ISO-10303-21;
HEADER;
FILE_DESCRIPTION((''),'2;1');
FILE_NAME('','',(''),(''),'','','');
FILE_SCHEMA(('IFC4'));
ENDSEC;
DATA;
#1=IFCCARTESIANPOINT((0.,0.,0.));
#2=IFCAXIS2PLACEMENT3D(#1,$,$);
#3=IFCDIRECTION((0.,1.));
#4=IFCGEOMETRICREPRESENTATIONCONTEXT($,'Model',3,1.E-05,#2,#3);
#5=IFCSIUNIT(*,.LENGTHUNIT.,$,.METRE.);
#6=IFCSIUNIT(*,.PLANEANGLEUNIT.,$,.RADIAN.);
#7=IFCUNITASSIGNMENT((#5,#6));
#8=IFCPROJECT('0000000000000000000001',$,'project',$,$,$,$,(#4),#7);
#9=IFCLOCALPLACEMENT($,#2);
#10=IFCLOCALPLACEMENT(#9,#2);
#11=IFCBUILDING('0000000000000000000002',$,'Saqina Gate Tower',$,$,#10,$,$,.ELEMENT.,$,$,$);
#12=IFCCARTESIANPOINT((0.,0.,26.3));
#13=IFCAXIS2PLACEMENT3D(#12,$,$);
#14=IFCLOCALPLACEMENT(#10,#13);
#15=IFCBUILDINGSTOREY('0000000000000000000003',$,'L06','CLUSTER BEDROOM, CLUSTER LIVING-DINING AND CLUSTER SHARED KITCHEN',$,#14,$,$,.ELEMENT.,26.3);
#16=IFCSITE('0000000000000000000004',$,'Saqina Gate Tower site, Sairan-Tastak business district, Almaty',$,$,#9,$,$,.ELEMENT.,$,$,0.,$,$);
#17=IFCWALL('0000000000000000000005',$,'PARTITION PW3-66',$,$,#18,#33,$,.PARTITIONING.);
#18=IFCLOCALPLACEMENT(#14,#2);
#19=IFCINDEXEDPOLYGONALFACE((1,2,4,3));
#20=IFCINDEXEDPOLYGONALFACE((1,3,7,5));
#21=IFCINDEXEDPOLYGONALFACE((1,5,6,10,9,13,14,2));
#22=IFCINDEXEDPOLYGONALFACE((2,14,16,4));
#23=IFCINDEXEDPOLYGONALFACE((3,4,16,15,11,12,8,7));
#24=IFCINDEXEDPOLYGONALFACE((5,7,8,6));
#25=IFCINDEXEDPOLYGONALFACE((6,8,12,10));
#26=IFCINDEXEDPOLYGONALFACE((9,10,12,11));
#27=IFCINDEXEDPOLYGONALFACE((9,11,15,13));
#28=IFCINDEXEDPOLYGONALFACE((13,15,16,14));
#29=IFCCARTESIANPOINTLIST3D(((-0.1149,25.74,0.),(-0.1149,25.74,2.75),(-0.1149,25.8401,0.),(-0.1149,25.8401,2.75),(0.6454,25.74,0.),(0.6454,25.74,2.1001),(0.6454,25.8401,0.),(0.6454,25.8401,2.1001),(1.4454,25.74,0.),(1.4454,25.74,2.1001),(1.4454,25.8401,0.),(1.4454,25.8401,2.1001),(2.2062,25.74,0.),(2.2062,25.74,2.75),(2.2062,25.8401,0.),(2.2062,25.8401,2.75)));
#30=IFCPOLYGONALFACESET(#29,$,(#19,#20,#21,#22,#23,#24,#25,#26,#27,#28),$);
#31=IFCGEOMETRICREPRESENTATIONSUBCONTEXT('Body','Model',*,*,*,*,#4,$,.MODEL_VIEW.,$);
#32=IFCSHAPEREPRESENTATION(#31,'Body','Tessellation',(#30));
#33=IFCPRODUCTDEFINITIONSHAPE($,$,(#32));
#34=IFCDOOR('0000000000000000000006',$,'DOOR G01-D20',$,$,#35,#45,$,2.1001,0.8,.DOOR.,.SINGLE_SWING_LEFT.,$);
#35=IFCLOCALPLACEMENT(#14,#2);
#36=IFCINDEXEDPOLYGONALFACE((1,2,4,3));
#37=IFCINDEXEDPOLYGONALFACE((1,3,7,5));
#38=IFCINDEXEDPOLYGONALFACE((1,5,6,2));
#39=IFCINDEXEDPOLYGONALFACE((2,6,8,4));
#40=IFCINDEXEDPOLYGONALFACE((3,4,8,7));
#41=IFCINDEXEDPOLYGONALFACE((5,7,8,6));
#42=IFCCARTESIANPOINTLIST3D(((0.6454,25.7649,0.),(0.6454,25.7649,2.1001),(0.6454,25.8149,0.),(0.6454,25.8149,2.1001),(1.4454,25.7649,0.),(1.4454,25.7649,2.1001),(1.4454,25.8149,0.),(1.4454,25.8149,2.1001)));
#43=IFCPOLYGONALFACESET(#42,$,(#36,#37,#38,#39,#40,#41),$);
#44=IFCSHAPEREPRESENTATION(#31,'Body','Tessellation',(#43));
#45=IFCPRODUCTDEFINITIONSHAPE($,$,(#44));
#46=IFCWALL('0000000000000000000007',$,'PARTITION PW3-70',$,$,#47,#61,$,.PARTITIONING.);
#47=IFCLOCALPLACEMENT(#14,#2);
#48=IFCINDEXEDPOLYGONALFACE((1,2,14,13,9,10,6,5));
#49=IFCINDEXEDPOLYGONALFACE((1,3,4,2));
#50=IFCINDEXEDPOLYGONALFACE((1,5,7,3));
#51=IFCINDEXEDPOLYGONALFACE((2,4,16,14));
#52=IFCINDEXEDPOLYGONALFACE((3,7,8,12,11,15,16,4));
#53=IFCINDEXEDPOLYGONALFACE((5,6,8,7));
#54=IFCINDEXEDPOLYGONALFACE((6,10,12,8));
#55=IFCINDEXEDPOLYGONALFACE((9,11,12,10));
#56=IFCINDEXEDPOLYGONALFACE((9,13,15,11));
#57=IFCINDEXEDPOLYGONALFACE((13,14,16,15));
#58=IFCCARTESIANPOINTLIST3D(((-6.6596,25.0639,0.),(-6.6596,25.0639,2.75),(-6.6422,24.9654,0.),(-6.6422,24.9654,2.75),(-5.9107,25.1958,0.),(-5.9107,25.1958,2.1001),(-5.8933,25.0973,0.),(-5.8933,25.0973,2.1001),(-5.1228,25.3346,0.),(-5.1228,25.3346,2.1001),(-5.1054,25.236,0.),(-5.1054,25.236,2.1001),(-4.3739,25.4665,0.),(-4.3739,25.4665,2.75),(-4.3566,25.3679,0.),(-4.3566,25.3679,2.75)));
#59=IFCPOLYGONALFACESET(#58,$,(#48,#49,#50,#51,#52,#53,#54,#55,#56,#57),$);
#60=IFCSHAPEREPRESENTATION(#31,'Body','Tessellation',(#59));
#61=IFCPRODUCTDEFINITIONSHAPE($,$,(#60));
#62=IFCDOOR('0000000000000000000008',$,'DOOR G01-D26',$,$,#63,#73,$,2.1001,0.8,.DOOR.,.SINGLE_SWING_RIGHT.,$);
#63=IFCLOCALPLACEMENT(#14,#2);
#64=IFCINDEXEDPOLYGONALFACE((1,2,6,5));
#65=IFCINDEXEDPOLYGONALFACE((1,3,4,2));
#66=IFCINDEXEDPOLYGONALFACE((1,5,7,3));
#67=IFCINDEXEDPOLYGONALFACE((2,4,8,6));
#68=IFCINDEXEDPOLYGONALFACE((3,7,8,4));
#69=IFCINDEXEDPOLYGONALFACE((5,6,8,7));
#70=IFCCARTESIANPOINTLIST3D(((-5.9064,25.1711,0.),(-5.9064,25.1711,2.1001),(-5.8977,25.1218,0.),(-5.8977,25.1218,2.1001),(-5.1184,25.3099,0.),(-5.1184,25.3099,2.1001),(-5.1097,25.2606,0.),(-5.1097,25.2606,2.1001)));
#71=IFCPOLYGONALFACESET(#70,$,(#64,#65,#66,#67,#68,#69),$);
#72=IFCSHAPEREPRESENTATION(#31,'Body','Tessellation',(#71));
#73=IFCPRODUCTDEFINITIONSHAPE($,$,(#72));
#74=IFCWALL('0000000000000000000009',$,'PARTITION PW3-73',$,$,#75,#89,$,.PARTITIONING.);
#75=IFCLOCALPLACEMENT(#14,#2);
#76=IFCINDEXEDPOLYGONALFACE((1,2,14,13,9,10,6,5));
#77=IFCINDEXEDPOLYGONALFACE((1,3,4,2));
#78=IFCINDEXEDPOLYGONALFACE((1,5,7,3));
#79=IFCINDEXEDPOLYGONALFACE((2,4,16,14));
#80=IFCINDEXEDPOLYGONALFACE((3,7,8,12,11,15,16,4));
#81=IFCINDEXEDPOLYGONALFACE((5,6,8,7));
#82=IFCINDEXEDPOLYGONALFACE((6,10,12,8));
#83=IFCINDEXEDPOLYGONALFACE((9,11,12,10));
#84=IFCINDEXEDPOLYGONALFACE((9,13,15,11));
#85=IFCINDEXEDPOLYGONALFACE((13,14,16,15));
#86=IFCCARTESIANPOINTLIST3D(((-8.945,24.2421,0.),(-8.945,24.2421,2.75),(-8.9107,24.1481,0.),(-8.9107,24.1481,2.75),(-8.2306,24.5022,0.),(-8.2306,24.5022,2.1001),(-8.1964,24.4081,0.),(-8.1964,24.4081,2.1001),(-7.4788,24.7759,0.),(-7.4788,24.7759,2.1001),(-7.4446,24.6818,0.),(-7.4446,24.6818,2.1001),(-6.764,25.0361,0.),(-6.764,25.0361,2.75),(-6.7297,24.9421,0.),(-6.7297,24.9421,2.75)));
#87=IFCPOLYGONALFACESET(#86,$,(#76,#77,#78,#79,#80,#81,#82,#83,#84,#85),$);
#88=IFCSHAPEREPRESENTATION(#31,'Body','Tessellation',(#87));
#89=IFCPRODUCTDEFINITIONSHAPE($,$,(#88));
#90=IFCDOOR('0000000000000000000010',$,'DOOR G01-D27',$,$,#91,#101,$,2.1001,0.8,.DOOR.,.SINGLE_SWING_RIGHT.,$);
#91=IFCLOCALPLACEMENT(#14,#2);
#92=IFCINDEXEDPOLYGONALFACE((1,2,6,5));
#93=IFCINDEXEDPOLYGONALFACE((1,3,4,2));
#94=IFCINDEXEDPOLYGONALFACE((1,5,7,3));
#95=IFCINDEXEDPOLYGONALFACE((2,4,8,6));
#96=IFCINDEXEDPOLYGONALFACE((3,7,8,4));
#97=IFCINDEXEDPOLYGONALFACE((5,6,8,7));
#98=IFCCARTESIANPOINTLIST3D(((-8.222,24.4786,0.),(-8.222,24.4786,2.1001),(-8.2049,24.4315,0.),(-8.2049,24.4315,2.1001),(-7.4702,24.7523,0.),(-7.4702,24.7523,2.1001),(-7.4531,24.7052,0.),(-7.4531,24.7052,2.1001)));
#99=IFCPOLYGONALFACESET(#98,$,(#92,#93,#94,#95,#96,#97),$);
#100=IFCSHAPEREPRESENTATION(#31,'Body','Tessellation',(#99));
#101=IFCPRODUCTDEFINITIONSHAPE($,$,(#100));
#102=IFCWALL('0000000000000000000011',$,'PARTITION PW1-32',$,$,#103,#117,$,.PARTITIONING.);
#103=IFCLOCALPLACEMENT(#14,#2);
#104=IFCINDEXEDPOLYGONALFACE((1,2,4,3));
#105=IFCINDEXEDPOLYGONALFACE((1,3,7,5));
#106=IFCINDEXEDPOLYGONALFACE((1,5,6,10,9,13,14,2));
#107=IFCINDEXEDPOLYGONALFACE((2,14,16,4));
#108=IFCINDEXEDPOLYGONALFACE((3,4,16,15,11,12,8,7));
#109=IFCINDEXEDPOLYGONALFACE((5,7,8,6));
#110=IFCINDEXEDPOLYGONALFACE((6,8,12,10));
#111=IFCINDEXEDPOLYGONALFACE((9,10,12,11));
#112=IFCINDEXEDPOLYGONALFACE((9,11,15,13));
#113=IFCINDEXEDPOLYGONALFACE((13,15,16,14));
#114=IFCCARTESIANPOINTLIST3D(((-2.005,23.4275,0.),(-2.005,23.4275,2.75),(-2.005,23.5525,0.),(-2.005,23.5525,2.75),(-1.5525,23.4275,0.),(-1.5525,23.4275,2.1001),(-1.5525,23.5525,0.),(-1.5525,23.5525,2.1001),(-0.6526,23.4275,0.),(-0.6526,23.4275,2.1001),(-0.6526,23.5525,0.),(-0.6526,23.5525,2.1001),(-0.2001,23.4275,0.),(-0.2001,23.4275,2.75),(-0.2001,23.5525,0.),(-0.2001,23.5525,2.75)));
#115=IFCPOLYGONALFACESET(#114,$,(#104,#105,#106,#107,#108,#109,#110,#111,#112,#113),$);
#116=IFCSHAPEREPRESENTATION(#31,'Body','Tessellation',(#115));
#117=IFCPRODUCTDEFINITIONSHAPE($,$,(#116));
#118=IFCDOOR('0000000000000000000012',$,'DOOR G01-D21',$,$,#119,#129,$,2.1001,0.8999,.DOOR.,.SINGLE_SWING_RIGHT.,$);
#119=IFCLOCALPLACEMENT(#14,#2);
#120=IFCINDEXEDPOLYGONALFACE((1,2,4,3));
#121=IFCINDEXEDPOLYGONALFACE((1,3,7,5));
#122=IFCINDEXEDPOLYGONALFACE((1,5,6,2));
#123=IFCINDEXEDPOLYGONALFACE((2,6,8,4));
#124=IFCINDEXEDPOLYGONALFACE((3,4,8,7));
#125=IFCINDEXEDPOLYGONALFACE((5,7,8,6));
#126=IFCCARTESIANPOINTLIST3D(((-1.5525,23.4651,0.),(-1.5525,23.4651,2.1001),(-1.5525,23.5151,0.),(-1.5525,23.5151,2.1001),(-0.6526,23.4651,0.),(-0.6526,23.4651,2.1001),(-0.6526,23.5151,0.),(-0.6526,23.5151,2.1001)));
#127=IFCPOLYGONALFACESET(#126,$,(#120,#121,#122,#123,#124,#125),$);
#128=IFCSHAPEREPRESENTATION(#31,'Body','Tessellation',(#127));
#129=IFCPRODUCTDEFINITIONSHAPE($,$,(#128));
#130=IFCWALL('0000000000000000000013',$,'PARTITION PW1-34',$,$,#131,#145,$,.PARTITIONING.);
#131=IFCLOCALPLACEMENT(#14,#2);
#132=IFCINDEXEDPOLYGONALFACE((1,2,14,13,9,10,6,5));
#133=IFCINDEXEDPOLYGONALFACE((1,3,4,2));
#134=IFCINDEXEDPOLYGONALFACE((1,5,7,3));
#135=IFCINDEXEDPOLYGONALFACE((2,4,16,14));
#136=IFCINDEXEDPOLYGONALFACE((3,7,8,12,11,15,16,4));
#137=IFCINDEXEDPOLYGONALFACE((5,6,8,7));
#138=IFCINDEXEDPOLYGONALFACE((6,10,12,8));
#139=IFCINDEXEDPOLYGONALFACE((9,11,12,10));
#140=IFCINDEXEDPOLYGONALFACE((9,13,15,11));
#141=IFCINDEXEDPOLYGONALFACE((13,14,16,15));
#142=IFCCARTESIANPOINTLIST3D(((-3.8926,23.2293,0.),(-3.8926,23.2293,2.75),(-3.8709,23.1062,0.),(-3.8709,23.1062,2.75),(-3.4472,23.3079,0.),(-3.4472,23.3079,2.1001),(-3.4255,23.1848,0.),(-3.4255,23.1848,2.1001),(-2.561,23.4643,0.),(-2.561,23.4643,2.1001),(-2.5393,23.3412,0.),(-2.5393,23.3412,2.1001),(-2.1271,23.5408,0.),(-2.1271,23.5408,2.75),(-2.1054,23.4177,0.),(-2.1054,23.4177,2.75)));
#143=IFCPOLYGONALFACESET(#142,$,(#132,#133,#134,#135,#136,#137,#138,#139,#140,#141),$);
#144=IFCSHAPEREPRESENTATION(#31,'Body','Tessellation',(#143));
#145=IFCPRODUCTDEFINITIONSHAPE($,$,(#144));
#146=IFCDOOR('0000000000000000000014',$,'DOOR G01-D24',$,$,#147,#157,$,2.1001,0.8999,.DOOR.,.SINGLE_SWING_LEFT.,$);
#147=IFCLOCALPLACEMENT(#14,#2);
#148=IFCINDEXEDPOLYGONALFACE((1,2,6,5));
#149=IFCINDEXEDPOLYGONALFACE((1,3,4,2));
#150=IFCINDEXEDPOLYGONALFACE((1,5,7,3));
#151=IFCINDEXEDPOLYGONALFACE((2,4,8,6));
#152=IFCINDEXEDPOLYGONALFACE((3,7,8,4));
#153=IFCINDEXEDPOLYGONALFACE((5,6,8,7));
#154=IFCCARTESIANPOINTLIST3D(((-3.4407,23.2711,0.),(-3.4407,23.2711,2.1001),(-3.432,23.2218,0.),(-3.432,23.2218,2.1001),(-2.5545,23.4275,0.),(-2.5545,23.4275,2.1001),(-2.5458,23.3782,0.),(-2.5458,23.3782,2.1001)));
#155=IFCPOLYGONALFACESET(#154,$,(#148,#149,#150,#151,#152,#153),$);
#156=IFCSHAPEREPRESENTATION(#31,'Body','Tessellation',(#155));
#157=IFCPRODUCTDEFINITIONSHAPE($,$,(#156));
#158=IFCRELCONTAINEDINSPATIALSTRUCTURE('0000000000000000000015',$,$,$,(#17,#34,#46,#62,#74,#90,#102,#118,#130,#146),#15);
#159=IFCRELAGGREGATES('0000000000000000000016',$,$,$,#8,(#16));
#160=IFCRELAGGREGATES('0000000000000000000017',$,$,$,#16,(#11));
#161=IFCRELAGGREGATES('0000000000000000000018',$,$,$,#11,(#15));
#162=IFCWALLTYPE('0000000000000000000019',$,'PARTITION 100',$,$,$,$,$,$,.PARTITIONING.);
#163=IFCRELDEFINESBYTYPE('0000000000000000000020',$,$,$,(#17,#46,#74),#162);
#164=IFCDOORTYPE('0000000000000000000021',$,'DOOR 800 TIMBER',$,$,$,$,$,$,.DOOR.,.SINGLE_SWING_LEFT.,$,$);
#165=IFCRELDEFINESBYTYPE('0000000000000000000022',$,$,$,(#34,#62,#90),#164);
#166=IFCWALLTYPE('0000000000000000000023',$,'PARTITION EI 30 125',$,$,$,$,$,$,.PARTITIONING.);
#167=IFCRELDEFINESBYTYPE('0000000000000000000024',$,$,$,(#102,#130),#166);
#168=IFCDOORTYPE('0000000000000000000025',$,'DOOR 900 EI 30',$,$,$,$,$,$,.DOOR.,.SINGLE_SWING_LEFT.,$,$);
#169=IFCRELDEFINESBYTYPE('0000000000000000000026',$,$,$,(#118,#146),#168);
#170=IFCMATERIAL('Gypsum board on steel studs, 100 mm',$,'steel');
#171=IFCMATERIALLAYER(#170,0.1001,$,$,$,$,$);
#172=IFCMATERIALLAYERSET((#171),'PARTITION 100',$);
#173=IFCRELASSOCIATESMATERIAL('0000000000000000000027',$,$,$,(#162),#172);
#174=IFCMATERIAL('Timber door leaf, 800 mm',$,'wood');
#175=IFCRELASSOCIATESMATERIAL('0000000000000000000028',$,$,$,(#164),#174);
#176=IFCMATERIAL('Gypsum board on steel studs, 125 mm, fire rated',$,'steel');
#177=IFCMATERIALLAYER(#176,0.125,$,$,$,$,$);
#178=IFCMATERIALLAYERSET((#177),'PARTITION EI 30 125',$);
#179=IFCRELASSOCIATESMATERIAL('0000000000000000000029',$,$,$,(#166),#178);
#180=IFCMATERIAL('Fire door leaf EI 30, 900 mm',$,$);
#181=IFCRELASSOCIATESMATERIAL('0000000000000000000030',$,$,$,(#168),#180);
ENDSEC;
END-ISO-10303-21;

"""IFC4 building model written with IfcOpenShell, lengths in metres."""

from ifc_helpers import new_model, si_unit, direction, frame, frame_2d, origin, place, context, subcontext, project, spatial, rectangle, extrude, material, layer, layer_set, type_object, element, fill, save


model = new_model("IFC4")

# Units and contexts
model_context = context("Model", 3, precision=1e-05, world=origin(), true_north=direction((0.0, 1.0)))
body_context = subcontext(model_context, "Body", "Model", "MODEL_VIEW")
ifc_project = project(units=[si_unit("LENGTHUNIT", "METRE"), si_unit("PLANEANGLEUNIT", "RADIAN")], contexts=[model_context])

# Site, building, storey
site_placement = place(None, origin())
site = spatial("IfcSite", under=ifc_project, at=site_placement, Name="Saqina Gate Tower site, Sairan-Tastak business district, Almaty", CompositionType="ELEMENT", RefElevation=0.0)
building_placement = place(site_placement, origin())
building = spatial("IfcBuilding", under=site, at=building_placement, Name="Saqina Gate Tower", CompositionType="ELEMENT")
storey_placement = place(building_placement, frame((0.0, 0.0, 26.3)))
storey = spatial("IfcBuildingStorey", under=building, at=storey_placement, Name="L06", Description="CLUSTER BEDROOM, CLUSTER LIVING-DINING AND CLUSTER SHARED KITCHEN", CompositionType="ELEMENT", Elevation=26.3)

# Shared definitions
ifc_material_1 = material(Name="Gypsum board on steel studs, 100 mm", Category="steel")
ifc_layer_1 = layer(ifc_material_1, 0.1001)
ifc_layer_set_1 = layer_set([ifc_layer_1], Name="PARTITION 100")
wall_type_1 = type_object("IfcWallType", Name="PARTITION 100", PredefinedType="PARTITIONING", material=ifc_layer_set_1)

# Walls, openings, doors
wall_1_placement = place(storey_placement, frame((-0.115, 25.79, 0.0), z_axis=(0.0, 0.0, 1.0), x_axis=(1.0, 0.0, 0.0)))
wall_1 = element("IfcWall", 1, at=wall_1_placement, inside=storey, type_object=wall_type_1, Name="PARTITION PW3-66", PredefinedType="PARTITIONING", context=body_context, shape_type="SweptSolid", body=[
    extrude(rectangle(XDim=2.321, YDim=0.1001, at=frame_2d((1.1606, 0.0))), origin(), (0.0, 0.0, 1.0), 2.75),
])
opening_1_placement = place(wall_1_placement, frame((0.7605, 0.0, 0.0)))
opening_1 = element("IfcOpeningElement", 2, at=opening_1_placement, cuts=wall_1, PredefinedType="OPENING", context=body_context, shape_type="SweptSolid", body=[
    extrude(rectangle(XDim=0.8, YDim=2.1001, at=frame_2d((0.3999, 1.05))), frame((0.0, 0.062, 0.0), z_axis=(0.0, -1.0, 0.0), x_axis=(1.0, 0.0, 0.0)), (0.0, 0.0, 1.0), 0.124),
])
ifc_material_2 = material(Name="Timber door leaf, 800 mm", Category="wood")
door_type_1 = type_object("IfcDoorType", Name="DOOR 800 TIMBER", OperationType="SINGLE_SWING_LEFT", PredefinedType="DOOR", material=ifc_material_2)
door_1_placement = place(opening_1_placement, origin())
door_1 = element("IfcDoor", 3, at=door_1_placement, inside=storey, type_object=door_type_1, Name="DOOR G01-D20", OperationType="SINGLE_SWING_LEFT", OverallHeight=2.1001, OverallWidth=0.8, PredefinedType="DOOR", context=body_context, shape_type="SweptSolid", body=[
    extrude(rectangle(XDim=0.8, YDim=2.1001, at=frame_2d((0.3999, 1.05))), frame((0.0, 0.0249, 0.0), z_axis=(0.0, -1.0, 0.0), x_axis=(1.0, 0.0, 0.0)), (0.0, 0.0, 1.0), 0.05),
])
fill(opening_1, door_1)
wall_2_placement = place(storey_placement, frame((-6.6509, 25.0146, 0.0), z_axis=(0.0, 0.0, 1.0), x_axis=(0.98484, 0.173467, 0.0)))
wall_2 = element("IfcWall", 4, at=wall_2_placement, inside=storey, type_object=wall_type_1, Name="PARTITION PW3-70", PredefinedType="PARTITIONING", context=body_context, shape_type="SweptSolid", body=[
    extrude(rectangle(XDim=2.3208, YDim=0.1001, at=frame_2d((1.1604, 0.0))), origin(), (0.0, 0.0, 1.0), 2.75),
])
opening_2_placement = place(wall_2_placement, frame((0.7605, 0.0, 0.0)))
opening_2 = element("IfcOpeningElement", 5, at=opening_2_placement, cuts=wall_2, PredefinedType="OPENING", context=body_context, shape_type="SweptSolid", body=[
    extrude(rectangle(XDim=0.8, YDim=2.1001, at=frame_2d((0.3999, 1.05))), frame((0.0, 0.062, 0.0), z_axis=(0.0, -1.0, 0.0), x_axis=(1.0, 0.0, 0.0)), (0.0, 0.0, 1.0), 0.124),
])
door_2_placement = place(opening_2_placement, origin())
door_2 = element("IfcDoor", 6, at=door_2_placement, inside=storey, type_object=door_type_1, Name="DOOR G01-D26", OperationType="SINGLE_SWING_RIGHT", OverallHeight=2.1001, OverallWidth=0.8, PredefinedType="DOOR", context=body_context, shape_type="SweptSolid", body=[
    extrude(rectangle(XDim=0.8, YDim=2.1001, at=frame_2d((0.3999, 1.05))), frame((0.0, 0.0249, 0.0), z_axis=(0.0, -1.0, 0.0), x_axis=(1.0, 0.0, 0.0)), (0.0, 0.0, 1.0), 0.05),
])
fill(opening_2, door_2)
wall_3_placement = place(storey_placement, frame((-8.928, 24.1951, 0.0), z_axis=(0.0, 0.0, 1.0), x_axis=(0.939671, 0.342081, 0.0)))
wall_3 = element("IfcWall", 7, at=wall_3_placement, inside=storey, type_object=wall_type_1, Name="PARTITION PW3-73", PredefinedType="PARTITIONING", context=body_context, shape_type="SweptSolid", body=[
    extrude(rectangle(XDim=2.321, YDim=0.1001, at=frame_2d((1.1606, 0.0))), origin(), (0.0, 0.0, 1.0), 2.75),
])
opening_3_placement = place(wall_3_placement, frame((0.7605, 0.0, 0.0)))
opening_3 = element("IfcOpeningElement", 8, at=opening_3_placement, cuts=wall_3, PredefinedType="OPENING", context=body_context, shape_type="SweptSolid", body=[
    extrude(rectangle(XDim=0.8, YDim=2.1001, at=frame_2d((0.3999, 1.05))), frame((0.0, 0.062, 0.0), z_axis=(0.0, -1.0, 0.0), x_axis=(1.0, 0.0, 0.0)), (0.0, 0.0, 1.0), 0.124),
])
door_3_placement = place(opening_3_placement, origin())
door_3 = element("IfcDoor", 9, at=door_3_placement, inside=storey, type_object=door_type_1, Name="DOOR G01-D27", OperationType="SINGLE_SWING_RIGHT", OverallHeight=2.1001, OverallWidth=0.8, PredefinedType="DOOR", context=body_context, shape_type="SweptSolid", body=[
    extrude(rectangle(XDim=0.8, YDim=2.1001, at=frame_2d((0.3999, 1.05))), frame((0.0, 0.0249, 0.0), z_axis=(0.0, -1.0, 0.0), x_axis=(1.0, 0.0, 0.0)), (0.0, 0.0, 1.0), 0.05),
])
fill(opening_3, door_3)
ifc_material_3 = material(Name="Gypsum board on steel studs, 125 mm, fire rated", Category="steel")
ifc_layer_2 = layer(ifc_material_3, 0.125)
ifc_layer_set_2 = layer_set([ifc_layer_2], Name="PARTITION EI 30 125")
wall_type_2 = type_object("IfcWallType", Name="PARTITION EI 30 125", PredefinedType="PARTITIONING", material=ifc_layer_set_2)
wall_4_placement = place(storey_placement, frame((-2.0049, 23.49, 0.0), z_axis=(0.0, 0.0, 1.0), x_axis=(1.0, 0.0, 0.0)))
wall_4 = element("IfcWall", 10, at=wall_4_placement, inside=storey, type_object=wall_type_2, Name="PARTITION PW1-32", PredefinedType="PARTITIONING", context=body_context, shape_type="SweptSolid", body=[
    extrude(rectangle(XDim=1.8049, YDim=0.125, at=frame_2d((0.9023, 0.0))), origin(), (0.0, 0.0, 1.0), 2.75),
])
opening_4_placement = place(wall_4_placement, frame((0.4524, 0.0, 0.0)))
opening_4 = element("IfcOpeningElement", 11, at=opening_4_placement, cuts=wall_4, PredefinedType="OPENING", context=body_context, shape_type="SweptSolid", body=[
    extrude(rectangle(XDim=0.8999, YDim=2.1001, at=frame_2d((0.45, 1.05))), frame((0.0, 0.0745, 0.0), z_axis=(0.0, -1.0, 0.0), x_axis=(1.0, 0.0, 0.0)), (0.0, 0.0, 1.0), 0.1489),
])
ifc_material_4 = material(Name="Fire door leaf EI 30, 900 mm")
door_type_2 = type_object("IfcDoorType", Name="DOOR 900 EI 30", OperationType="SINGLE_SWING_LEFT", PredefinedType="DOOR", material=ifc_material_4)
door_4_placement = place(opening_4_placement, frame((0.8999, 0.0, 0.0), z_axis=(0.0, 0.0, 1.0), x_axis=(-1.0, 0.0, 0.0)))
door_4 = element("IfcDoor", 12, at=door_4_placement, inside=storey, type_object=door_type_2, Name="DOOR G01-D21", OperationType="SINGLE_SWING_RIGHT", OverallHeight=2.1001, OverallWidth=0.8999, PredefinedType="DOOR", context=body_context, shape_type="SweptSolid", body=[
    extrude(rectangle(XDim=0.8999, YDim=2.1001, at=frame_2d((0.45, 1.05))), frame((0.0, 0.0249, 0.0), z_axis=(0.0, -1.0, 0.0), x_axis=(1.0, 0.0, 0.0)), (0.0, 0.0, 1.0), 0.05),
])
fill(opening_4, door_4)
wall_5_placement = place(storey_placement, frame((-3.8818, 23.1677, 0.0), z_axis=(0.0, 0.0, 1.0), x_axis=(0.984785, 0.173778, 0.0)))
wall_5 = element("IfcWall", 13, at=wall_5_placement, inside=storey, type_object=wall_type_2, Name="PARTITION PW1-34", PredefinedType="PARTITIONING", context=body_context, shape_type="SweptSolid", body=[
    extrude(rectangle(XDim=1.7927, YDim=0.125, at=frame_2d((0.8965, 0.0))), origin(), (0.0, 0.0, 1.0), 2.75),
])
opening_5_placement = place(wall_5_placement, frame((0.4524, 0.0, 0.0)))
opening_5 = element("IfcOpeningElement", 14, at=opening_5_placement, cuts=wall_5, PredefinedType="OPENING", context=body_context, shape_type="SweptSolid", body=[
    extrude(rectangle(XDim=0.8999, YDim=2.1001, at=frame_2d((0.45, 1.05))), frame((0.0, 0.0745, 0.0), z_axis=(0.0, -1.0, 0.0), x_axis=(1.0, 0.0, 0.0)), (0.0, 0.0, 1.0), 0.1489),
])
door_5_placement = place(opening_5_placement, frame((0.8999, 0.0, 0.0), z_axis=(0.0, 0.0, 1.0), x_axis=(-1.0, 0.0, 0.0)))
door_5 = element("IfcDoor", 15, at=door_5_placement, inside=storey, type_object=door_type_2, Name="DOOR G01-D24", OperationType="SINGLE_SWING_LEFT", OverallHeight=2.1001, OverallWidth=0.8999, PredefinedType="DOOR", context=body_context, shape_type="SweptSolid", body=[
    extrude(rectangle(XDim=0.8999, YDim=2.1001, at=frame_2d((0.45, 1.05))), frame((0.0, 0.0249, 0.0), z_axis=(0.0, -1.0, 0.0), x_axis=(1.0, 0.0, 0.0)), (0.0, 0.0, 1.0), 0.05),
])
fill(opening_5, door_5)

save(model, "model.ifc")
